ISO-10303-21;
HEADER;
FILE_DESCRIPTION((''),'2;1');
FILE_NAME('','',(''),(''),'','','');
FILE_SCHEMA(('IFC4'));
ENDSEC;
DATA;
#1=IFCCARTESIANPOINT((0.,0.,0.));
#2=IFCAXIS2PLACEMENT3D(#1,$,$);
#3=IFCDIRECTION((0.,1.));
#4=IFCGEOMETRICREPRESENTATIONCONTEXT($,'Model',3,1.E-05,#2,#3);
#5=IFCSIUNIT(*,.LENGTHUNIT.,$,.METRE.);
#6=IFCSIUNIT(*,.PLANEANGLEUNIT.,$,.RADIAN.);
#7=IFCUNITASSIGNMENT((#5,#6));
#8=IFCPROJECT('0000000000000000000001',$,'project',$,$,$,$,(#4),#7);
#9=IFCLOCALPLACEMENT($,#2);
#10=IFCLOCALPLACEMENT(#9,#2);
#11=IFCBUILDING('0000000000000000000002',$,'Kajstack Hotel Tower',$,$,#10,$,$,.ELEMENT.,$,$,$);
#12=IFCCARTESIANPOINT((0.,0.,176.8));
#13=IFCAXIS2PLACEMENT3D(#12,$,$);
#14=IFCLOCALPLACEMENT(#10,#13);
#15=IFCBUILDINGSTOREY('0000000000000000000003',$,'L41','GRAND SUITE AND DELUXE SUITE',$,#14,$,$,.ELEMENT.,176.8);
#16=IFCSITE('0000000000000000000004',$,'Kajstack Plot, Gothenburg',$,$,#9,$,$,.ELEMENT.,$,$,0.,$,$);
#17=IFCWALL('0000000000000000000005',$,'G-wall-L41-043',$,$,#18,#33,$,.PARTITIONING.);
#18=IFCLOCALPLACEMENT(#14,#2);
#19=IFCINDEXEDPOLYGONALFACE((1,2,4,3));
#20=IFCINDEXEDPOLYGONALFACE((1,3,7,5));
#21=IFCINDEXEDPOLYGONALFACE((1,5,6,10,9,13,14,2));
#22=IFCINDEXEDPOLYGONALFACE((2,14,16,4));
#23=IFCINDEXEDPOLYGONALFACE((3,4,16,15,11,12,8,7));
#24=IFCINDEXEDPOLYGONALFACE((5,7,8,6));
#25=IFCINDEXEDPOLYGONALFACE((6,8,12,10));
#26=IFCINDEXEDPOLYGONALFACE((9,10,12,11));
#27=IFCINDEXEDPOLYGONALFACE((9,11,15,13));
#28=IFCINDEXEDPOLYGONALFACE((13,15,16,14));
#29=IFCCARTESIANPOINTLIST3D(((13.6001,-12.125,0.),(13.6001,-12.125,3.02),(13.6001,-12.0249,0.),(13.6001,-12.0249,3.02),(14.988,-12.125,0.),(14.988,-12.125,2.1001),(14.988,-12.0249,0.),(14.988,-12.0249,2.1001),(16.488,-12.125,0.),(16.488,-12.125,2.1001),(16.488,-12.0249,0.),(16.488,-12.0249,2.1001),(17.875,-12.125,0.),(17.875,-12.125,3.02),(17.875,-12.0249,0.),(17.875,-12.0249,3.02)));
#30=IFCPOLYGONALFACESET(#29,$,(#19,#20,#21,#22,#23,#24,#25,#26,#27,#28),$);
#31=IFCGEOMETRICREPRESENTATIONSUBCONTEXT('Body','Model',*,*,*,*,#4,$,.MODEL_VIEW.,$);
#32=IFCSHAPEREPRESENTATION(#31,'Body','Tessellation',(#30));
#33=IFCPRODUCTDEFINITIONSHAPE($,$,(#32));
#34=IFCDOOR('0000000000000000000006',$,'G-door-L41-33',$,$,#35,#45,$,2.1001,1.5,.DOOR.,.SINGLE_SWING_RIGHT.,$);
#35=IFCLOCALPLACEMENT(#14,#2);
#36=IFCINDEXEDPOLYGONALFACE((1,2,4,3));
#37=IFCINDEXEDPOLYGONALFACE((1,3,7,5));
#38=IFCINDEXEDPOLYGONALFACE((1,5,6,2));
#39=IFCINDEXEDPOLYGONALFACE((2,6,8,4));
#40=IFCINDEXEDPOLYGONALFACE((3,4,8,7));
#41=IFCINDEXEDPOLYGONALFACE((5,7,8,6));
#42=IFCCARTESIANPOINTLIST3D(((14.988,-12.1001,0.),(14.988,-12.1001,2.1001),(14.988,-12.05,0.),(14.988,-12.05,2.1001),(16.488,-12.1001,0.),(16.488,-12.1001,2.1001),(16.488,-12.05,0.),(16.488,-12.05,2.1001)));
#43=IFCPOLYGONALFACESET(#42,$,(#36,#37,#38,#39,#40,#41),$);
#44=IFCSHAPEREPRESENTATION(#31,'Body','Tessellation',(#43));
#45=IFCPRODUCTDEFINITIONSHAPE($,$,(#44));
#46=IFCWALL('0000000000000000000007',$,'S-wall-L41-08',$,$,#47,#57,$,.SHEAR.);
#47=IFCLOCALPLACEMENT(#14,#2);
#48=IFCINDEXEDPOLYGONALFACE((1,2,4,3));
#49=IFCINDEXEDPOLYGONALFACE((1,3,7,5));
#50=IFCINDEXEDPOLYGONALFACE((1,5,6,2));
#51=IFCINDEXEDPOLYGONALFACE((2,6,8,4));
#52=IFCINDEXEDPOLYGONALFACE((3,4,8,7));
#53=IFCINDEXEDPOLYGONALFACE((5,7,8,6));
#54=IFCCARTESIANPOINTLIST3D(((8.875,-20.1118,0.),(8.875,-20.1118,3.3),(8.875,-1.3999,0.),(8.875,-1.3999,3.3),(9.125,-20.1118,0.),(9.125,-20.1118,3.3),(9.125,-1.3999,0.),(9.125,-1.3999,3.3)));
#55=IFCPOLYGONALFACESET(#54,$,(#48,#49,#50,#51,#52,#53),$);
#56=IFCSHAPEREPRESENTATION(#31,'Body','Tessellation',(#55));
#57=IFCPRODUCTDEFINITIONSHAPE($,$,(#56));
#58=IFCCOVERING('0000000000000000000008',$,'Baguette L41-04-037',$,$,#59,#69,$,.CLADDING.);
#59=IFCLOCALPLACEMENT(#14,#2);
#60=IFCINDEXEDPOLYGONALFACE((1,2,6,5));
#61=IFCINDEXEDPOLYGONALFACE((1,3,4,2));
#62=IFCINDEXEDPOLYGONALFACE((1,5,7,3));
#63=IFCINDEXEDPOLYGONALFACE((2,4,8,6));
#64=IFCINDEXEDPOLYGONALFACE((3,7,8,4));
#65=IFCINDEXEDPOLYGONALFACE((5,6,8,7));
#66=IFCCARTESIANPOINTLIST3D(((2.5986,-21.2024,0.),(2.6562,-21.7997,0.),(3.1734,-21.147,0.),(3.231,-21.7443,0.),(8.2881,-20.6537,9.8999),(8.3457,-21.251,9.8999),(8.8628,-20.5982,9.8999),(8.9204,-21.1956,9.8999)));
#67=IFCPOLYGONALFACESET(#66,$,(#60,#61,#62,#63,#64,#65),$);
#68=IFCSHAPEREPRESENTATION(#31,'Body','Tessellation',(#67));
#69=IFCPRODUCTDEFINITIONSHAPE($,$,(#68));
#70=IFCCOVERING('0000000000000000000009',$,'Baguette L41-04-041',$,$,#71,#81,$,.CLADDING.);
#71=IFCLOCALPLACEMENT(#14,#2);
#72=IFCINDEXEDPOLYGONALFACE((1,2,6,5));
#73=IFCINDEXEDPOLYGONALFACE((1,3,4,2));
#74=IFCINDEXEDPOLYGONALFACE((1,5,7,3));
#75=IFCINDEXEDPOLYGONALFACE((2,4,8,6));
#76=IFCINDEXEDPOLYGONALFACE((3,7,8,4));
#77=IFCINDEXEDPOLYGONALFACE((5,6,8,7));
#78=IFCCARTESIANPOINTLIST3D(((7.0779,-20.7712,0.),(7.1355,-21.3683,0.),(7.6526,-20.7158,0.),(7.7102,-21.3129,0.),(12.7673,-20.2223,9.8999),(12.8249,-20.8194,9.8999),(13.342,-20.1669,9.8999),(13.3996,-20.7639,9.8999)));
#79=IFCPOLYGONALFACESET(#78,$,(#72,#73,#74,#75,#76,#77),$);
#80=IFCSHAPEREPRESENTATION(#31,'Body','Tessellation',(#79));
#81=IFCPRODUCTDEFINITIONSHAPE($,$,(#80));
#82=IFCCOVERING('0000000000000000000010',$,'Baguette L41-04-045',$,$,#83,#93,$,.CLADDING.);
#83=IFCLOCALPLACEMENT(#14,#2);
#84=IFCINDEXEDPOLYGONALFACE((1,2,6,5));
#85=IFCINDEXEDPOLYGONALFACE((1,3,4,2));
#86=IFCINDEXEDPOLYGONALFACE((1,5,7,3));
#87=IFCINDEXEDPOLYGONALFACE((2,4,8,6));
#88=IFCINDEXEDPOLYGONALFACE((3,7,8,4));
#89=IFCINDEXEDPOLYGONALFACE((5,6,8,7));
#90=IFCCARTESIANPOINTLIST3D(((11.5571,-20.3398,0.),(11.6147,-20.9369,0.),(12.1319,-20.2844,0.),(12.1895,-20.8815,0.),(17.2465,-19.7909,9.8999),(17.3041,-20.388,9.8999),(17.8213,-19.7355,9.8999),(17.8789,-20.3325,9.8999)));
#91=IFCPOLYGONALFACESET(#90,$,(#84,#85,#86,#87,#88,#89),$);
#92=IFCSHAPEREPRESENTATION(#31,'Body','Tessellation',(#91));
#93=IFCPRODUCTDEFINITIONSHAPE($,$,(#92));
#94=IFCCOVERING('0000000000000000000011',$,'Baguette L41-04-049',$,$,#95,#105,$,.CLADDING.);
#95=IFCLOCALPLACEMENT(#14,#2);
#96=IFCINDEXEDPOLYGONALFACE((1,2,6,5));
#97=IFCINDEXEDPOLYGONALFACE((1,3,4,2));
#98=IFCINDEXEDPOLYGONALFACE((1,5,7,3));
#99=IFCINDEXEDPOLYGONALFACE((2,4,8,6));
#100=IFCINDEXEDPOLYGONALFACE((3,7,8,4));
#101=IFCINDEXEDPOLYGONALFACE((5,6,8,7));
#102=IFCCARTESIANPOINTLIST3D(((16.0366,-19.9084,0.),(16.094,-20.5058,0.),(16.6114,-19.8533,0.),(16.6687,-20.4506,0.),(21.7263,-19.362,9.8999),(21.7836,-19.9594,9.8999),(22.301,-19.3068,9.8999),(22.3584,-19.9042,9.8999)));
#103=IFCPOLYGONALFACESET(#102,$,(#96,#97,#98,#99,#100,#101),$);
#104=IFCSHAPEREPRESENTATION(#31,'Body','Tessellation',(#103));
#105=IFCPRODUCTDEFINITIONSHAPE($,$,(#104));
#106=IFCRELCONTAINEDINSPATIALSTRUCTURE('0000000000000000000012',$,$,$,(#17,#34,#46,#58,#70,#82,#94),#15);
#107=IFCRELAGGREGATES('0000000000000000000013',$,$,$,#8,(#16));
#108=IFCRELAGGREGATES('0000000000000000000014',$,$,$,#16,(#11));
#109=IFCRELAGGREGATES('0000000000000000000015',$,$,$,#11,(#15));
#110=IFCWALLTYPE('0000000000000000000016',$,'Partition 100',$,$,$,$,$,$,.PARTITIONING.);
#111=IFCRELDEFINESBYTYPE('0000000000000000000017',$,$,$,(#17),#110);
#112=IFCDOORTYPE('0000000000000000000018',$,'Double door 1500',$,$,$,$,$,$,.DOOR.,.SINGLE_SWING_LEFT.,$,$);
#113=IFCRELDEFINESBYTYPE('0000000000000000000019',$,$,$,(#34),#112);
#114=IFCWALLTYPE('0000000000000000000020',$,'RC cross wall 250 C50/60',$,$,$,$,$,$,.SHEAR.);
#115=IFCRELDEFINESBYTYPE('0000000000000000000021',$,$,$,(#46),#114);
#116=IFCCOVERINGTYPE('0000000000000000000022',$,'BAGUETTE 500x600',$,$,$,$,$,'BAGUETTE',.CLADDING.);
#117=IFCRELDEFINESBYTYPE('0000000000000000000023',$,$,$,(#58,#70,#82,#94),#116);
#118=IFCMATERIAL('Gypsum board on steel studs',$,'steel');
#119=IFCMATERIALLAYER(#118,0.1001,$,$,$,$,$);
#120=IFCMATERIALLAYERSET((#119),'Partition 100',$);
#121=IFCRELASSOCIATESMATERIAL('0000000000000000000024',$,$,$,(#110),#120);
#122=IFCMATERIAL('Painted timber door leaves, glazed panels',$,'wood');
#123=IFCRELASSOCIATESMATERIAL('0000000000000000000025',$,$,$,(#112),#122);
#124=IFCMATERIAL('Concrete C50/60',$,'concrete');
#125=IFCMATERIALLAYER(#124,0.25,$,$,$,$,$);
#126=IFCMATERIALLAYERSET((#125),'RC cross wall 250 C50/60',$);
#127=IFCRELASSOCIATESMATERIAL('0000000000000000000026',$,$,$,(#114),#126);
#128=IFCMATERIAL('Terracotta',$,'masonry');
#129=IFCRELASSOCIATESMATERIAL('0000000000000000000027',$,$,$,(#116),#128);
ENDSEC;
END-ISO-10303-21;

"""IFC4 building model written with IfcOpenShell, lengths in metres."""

from ifc_helpers import new_model, si_unit, direction, frame, frame_2d, origin, origin_2d, place, context, subcontext, project, spatial, polyline, rectangle, outline, extrude, material, layer, layer_set, material_profile, profile_set, type_object, element, fill, save


model = new_model("IFC4")

# Units and contexts
model_context = context("Model", 3, precision=1e-05, world=origin(), true_north=direction((0.0, 1.0)))
body_context = subcontext(model_context, "Body", "Model", "MODEL_VIEW")
ifc_project = project(units=[si_unit("LENGTHUNIT", "METRE"), si_unit("PLANEANGLEUNIT", "RADIAN")], contexts=[model_context])

# Site, building, storey
site_placement = place(None, origin())
site = spatial("IfcSite", under=ifc_project, at=site_placement, Name="Kajstack Plot, Gothenburg", CompositionType="ELEMENT", RefElevation=0.0)
building_placement = place(site_placement, origin())
building = spatial("IfcBuilding", under=site, at=building_placement, Name="Kajstack Hotel Tower", CompositionType="ELEMENT")
storey_placement = place(building_placement, frame((0.0, 0.0, 176.8)))
storey = spatial("IfcBuildingStorey", under=building, at=storey_placement, Name="L41", Description="GRAND SUITE AND DELUXE SUITE", CompositionType="ELEMENT", Elevation=176.8)

# Wall, opening, door
ifc_material_1 = material(Name="Gypsum board on steel studs", Category="steel")
ifc_layer_1 = layer(ifc_material_1, 0.1001)
ifc_layer_set_1 = layer_set([ifc_layer_1], Name="Partition 100")
wall_type_1 = type_object("IfcWallType", Name="Partition 100", PredefinedType="PARTITIONING", material=ifc_layer_set_1)
ifc_material_2 = material(Name="Painted timber door leaves, glazed panels", Category="wood")
door_type_1 = type_object("IfcDoorType", Name="Double door 1500", OperationType="SINGLE_SWING_LEFT", PredefinedType="DOOR", material=ifc_material_2)
wall_1_placement = place(storey_placement, frame((13.6001, -12.075, 0.0), z_axis=(0.0, 0.0, 1.0), x_axis=(1.0, 0.0, 0.0)))
wall_1 = element("IfcWall", 1, at=wall_1_placement, inside=storey, type_object=wall_type_1, Name="G-wall-L41-043", PredefinedType="PARTITIONING", context=body_context, shape_type="SweptSolid", body=[
    extrude(rectangle(XDim=4.2749, YDim=0.1001, at=frame_2d((2.1375, 0.0))), origin(), (0.0, 0.0, 1.0), 3.02),
])
opening_1_placement = place(wall_1_placement, frame((1.3879, 0.0, 0.0)))
opening_1 = element("IfcOpeningElement", 2, at=opening_1_placement, cuts=wall_1, PredefinedType="OPENING", context=body_context, shape_type="SweptSolid", body=[
    extrude(rectangle(XDim=1.5, YDim=2.1001, at=frame_2d((0.75, 1.05))), frame((0.0, 0.0601, 0.0), z_axis=(0.0, -1.0, 0.0), x_axis=(1.0, 0.0, 0.0)), (0.0, 0.0, 1.0), 0.1201),
])
door_1_placement = place(opening_1_placement, origin())
door_1 = element("IfcDoor", 3, at=door_1_placement, inside=storey, type_object=door_type_1, Name="G-door-L41-33", OperationType="SINGLE_SWING_RIGHT", OverallHeight=2.1001, OverallWidth=1.5, PredefinedType="DOOR", context=body_context, shape_type="SweptSolid", body=[
    extrude(rectangle(XDim=1.5, YDim=2.1001, at=frame_2d((0.75, 1.05))), frame((0.0, 0.0249, 0.0), z_axis=(0.0, -1.0, 0.0), x_axis=(1.0, 0.0, 0.0)), (0.0, 0.0, 1.0), 0.05),
])
fill(opening_1, door_1)

# Wall
ifc_material_3 = material(Name="Concrete C50/60", Category="concrete")
ifc_layer_2 = layer(ifc_material_3, 0.25)
ifc_layer_set_2 = layer_set([ifc_layer_2], Name="RC cross wall 250 C50/60")
wall_type_2 = type_object("IfcWallType", Name="RC cross wall 250 C50/60", PredefinedType="SHEAR", material=ifc_layer_set_2)
wall_2_placement = place(storey_placement, frame((9.0, -20.1118, 0.0), z_axis=(0.0, 0.0, 1.0), x_axis=(0.0, 1.0, 0.0)))
element("IfcWall", 4, at=wall_2_placement, inside=storey, type_object=wall_type_2, Name="S-wall-L41-08", PredefinedType="SHEAR", context=body_context, shape_type="SweptSolid", body=[
    extrude(rectangle(XDim=18.7119, YDim=0.25, at=frame_2d((9.356, 0.0))), origin(), (0.0, 0.0, 1.0), 3.3),
])

# Coverings
ifc_material_4 = material(Name="Terracotta", Category="masonry")
ifc_material_profile = material_profile(ifc_material_4, rectangle(XDim=0.6001, YDim=0.5, at=origin_2d()), Name="Terracotta-clad concrete baguette 500 x 600")
ifc_profile_set = profile_set([ifc_material_profile], Name="Terracotta")
covering_type = type_object("IfcCoveringType", Name="BAGUETTE 500x600", ElementType="BAGUETTE", PredefinedType="CLADDING", material=ifc_profile_set)
covering_1_placement = place(storey_placement, frame((2.5986, -21.2024, 0.0), z_axis=(0.095999, -0.995381, 0.0), x_axis=(0.995381, 0.095999, 0.0)))
element("IfcCovering", 5, at=covering_1_placement, inside=storey, type_object=covering_type, Name="Baguette L41-04-037", PredefinedType="CLADDING", context=body_context, shape_type="SweptSolid", body=[
    extrude(outline(polyline([(5.7158, 9.8999), (0.0, 0.0), (0.5774, 0.0), (6.2932, 9.8999), (5.7158, 9.8999)])), origin(), (0.0, 0.0, 1.0), 0.6001),
])
for number, where, z_axis, x_axis, name in (
    (6, (7.0779, -20.7712, 0.0), (0.096038, -0.995378, 0.0), (0.995378, 0.096038, 0.0), "Baguette L41-04-041"),
    (7, (11.5571, -20.3398, 0.0), (0.096038, -0.995378, 0.0), (0.995378, 0.096038, 0.0), "Baguette L41-04-045"),
):
    element("IfcCovering", number, at=place(storey_placement, frame(where, z_axis=z_axis, x_axis=x_axis)), inside=storey, type_object=covering_type, Name=name, PredefinedType="CLADDING", context=body_context, shape_type="SweptSolid", body=[
        extrude(outline(polyline([(5.7158, 9.8999), (0.0, 0.0), (0.5774, 0.0), (6.2932, 9.8999), (5.7158, 9.8999)])), origin(), (0.0, 0.0, 1.0), 0.5999),
    ])
covering_2_placement = place(storey_placement, frame((16.0366, -19.9084, 0.0), z_axis=(0.095596, -0.99542, 0.0), x_axis=(0.99542, 0.095596, 0.0)))
element("IfcCovering", 8, at=covering_2_placement, inside=storey, type_object=covering_type, Name="Baguette L41-04-049", PredefinedType="CLADDING", context=body_context, shape_type="SweptSolid", body=[
    extrude(outline(polyline([(5.7158, 9.8999), (0.0, 0.0), (0.5774, 0.0), (6.2932, 9.8999), (5.7158, 9.8999)])), origin(), (0.0, 0.0, 1.0), 0.6001),
])

save(model, "model.ifc")
